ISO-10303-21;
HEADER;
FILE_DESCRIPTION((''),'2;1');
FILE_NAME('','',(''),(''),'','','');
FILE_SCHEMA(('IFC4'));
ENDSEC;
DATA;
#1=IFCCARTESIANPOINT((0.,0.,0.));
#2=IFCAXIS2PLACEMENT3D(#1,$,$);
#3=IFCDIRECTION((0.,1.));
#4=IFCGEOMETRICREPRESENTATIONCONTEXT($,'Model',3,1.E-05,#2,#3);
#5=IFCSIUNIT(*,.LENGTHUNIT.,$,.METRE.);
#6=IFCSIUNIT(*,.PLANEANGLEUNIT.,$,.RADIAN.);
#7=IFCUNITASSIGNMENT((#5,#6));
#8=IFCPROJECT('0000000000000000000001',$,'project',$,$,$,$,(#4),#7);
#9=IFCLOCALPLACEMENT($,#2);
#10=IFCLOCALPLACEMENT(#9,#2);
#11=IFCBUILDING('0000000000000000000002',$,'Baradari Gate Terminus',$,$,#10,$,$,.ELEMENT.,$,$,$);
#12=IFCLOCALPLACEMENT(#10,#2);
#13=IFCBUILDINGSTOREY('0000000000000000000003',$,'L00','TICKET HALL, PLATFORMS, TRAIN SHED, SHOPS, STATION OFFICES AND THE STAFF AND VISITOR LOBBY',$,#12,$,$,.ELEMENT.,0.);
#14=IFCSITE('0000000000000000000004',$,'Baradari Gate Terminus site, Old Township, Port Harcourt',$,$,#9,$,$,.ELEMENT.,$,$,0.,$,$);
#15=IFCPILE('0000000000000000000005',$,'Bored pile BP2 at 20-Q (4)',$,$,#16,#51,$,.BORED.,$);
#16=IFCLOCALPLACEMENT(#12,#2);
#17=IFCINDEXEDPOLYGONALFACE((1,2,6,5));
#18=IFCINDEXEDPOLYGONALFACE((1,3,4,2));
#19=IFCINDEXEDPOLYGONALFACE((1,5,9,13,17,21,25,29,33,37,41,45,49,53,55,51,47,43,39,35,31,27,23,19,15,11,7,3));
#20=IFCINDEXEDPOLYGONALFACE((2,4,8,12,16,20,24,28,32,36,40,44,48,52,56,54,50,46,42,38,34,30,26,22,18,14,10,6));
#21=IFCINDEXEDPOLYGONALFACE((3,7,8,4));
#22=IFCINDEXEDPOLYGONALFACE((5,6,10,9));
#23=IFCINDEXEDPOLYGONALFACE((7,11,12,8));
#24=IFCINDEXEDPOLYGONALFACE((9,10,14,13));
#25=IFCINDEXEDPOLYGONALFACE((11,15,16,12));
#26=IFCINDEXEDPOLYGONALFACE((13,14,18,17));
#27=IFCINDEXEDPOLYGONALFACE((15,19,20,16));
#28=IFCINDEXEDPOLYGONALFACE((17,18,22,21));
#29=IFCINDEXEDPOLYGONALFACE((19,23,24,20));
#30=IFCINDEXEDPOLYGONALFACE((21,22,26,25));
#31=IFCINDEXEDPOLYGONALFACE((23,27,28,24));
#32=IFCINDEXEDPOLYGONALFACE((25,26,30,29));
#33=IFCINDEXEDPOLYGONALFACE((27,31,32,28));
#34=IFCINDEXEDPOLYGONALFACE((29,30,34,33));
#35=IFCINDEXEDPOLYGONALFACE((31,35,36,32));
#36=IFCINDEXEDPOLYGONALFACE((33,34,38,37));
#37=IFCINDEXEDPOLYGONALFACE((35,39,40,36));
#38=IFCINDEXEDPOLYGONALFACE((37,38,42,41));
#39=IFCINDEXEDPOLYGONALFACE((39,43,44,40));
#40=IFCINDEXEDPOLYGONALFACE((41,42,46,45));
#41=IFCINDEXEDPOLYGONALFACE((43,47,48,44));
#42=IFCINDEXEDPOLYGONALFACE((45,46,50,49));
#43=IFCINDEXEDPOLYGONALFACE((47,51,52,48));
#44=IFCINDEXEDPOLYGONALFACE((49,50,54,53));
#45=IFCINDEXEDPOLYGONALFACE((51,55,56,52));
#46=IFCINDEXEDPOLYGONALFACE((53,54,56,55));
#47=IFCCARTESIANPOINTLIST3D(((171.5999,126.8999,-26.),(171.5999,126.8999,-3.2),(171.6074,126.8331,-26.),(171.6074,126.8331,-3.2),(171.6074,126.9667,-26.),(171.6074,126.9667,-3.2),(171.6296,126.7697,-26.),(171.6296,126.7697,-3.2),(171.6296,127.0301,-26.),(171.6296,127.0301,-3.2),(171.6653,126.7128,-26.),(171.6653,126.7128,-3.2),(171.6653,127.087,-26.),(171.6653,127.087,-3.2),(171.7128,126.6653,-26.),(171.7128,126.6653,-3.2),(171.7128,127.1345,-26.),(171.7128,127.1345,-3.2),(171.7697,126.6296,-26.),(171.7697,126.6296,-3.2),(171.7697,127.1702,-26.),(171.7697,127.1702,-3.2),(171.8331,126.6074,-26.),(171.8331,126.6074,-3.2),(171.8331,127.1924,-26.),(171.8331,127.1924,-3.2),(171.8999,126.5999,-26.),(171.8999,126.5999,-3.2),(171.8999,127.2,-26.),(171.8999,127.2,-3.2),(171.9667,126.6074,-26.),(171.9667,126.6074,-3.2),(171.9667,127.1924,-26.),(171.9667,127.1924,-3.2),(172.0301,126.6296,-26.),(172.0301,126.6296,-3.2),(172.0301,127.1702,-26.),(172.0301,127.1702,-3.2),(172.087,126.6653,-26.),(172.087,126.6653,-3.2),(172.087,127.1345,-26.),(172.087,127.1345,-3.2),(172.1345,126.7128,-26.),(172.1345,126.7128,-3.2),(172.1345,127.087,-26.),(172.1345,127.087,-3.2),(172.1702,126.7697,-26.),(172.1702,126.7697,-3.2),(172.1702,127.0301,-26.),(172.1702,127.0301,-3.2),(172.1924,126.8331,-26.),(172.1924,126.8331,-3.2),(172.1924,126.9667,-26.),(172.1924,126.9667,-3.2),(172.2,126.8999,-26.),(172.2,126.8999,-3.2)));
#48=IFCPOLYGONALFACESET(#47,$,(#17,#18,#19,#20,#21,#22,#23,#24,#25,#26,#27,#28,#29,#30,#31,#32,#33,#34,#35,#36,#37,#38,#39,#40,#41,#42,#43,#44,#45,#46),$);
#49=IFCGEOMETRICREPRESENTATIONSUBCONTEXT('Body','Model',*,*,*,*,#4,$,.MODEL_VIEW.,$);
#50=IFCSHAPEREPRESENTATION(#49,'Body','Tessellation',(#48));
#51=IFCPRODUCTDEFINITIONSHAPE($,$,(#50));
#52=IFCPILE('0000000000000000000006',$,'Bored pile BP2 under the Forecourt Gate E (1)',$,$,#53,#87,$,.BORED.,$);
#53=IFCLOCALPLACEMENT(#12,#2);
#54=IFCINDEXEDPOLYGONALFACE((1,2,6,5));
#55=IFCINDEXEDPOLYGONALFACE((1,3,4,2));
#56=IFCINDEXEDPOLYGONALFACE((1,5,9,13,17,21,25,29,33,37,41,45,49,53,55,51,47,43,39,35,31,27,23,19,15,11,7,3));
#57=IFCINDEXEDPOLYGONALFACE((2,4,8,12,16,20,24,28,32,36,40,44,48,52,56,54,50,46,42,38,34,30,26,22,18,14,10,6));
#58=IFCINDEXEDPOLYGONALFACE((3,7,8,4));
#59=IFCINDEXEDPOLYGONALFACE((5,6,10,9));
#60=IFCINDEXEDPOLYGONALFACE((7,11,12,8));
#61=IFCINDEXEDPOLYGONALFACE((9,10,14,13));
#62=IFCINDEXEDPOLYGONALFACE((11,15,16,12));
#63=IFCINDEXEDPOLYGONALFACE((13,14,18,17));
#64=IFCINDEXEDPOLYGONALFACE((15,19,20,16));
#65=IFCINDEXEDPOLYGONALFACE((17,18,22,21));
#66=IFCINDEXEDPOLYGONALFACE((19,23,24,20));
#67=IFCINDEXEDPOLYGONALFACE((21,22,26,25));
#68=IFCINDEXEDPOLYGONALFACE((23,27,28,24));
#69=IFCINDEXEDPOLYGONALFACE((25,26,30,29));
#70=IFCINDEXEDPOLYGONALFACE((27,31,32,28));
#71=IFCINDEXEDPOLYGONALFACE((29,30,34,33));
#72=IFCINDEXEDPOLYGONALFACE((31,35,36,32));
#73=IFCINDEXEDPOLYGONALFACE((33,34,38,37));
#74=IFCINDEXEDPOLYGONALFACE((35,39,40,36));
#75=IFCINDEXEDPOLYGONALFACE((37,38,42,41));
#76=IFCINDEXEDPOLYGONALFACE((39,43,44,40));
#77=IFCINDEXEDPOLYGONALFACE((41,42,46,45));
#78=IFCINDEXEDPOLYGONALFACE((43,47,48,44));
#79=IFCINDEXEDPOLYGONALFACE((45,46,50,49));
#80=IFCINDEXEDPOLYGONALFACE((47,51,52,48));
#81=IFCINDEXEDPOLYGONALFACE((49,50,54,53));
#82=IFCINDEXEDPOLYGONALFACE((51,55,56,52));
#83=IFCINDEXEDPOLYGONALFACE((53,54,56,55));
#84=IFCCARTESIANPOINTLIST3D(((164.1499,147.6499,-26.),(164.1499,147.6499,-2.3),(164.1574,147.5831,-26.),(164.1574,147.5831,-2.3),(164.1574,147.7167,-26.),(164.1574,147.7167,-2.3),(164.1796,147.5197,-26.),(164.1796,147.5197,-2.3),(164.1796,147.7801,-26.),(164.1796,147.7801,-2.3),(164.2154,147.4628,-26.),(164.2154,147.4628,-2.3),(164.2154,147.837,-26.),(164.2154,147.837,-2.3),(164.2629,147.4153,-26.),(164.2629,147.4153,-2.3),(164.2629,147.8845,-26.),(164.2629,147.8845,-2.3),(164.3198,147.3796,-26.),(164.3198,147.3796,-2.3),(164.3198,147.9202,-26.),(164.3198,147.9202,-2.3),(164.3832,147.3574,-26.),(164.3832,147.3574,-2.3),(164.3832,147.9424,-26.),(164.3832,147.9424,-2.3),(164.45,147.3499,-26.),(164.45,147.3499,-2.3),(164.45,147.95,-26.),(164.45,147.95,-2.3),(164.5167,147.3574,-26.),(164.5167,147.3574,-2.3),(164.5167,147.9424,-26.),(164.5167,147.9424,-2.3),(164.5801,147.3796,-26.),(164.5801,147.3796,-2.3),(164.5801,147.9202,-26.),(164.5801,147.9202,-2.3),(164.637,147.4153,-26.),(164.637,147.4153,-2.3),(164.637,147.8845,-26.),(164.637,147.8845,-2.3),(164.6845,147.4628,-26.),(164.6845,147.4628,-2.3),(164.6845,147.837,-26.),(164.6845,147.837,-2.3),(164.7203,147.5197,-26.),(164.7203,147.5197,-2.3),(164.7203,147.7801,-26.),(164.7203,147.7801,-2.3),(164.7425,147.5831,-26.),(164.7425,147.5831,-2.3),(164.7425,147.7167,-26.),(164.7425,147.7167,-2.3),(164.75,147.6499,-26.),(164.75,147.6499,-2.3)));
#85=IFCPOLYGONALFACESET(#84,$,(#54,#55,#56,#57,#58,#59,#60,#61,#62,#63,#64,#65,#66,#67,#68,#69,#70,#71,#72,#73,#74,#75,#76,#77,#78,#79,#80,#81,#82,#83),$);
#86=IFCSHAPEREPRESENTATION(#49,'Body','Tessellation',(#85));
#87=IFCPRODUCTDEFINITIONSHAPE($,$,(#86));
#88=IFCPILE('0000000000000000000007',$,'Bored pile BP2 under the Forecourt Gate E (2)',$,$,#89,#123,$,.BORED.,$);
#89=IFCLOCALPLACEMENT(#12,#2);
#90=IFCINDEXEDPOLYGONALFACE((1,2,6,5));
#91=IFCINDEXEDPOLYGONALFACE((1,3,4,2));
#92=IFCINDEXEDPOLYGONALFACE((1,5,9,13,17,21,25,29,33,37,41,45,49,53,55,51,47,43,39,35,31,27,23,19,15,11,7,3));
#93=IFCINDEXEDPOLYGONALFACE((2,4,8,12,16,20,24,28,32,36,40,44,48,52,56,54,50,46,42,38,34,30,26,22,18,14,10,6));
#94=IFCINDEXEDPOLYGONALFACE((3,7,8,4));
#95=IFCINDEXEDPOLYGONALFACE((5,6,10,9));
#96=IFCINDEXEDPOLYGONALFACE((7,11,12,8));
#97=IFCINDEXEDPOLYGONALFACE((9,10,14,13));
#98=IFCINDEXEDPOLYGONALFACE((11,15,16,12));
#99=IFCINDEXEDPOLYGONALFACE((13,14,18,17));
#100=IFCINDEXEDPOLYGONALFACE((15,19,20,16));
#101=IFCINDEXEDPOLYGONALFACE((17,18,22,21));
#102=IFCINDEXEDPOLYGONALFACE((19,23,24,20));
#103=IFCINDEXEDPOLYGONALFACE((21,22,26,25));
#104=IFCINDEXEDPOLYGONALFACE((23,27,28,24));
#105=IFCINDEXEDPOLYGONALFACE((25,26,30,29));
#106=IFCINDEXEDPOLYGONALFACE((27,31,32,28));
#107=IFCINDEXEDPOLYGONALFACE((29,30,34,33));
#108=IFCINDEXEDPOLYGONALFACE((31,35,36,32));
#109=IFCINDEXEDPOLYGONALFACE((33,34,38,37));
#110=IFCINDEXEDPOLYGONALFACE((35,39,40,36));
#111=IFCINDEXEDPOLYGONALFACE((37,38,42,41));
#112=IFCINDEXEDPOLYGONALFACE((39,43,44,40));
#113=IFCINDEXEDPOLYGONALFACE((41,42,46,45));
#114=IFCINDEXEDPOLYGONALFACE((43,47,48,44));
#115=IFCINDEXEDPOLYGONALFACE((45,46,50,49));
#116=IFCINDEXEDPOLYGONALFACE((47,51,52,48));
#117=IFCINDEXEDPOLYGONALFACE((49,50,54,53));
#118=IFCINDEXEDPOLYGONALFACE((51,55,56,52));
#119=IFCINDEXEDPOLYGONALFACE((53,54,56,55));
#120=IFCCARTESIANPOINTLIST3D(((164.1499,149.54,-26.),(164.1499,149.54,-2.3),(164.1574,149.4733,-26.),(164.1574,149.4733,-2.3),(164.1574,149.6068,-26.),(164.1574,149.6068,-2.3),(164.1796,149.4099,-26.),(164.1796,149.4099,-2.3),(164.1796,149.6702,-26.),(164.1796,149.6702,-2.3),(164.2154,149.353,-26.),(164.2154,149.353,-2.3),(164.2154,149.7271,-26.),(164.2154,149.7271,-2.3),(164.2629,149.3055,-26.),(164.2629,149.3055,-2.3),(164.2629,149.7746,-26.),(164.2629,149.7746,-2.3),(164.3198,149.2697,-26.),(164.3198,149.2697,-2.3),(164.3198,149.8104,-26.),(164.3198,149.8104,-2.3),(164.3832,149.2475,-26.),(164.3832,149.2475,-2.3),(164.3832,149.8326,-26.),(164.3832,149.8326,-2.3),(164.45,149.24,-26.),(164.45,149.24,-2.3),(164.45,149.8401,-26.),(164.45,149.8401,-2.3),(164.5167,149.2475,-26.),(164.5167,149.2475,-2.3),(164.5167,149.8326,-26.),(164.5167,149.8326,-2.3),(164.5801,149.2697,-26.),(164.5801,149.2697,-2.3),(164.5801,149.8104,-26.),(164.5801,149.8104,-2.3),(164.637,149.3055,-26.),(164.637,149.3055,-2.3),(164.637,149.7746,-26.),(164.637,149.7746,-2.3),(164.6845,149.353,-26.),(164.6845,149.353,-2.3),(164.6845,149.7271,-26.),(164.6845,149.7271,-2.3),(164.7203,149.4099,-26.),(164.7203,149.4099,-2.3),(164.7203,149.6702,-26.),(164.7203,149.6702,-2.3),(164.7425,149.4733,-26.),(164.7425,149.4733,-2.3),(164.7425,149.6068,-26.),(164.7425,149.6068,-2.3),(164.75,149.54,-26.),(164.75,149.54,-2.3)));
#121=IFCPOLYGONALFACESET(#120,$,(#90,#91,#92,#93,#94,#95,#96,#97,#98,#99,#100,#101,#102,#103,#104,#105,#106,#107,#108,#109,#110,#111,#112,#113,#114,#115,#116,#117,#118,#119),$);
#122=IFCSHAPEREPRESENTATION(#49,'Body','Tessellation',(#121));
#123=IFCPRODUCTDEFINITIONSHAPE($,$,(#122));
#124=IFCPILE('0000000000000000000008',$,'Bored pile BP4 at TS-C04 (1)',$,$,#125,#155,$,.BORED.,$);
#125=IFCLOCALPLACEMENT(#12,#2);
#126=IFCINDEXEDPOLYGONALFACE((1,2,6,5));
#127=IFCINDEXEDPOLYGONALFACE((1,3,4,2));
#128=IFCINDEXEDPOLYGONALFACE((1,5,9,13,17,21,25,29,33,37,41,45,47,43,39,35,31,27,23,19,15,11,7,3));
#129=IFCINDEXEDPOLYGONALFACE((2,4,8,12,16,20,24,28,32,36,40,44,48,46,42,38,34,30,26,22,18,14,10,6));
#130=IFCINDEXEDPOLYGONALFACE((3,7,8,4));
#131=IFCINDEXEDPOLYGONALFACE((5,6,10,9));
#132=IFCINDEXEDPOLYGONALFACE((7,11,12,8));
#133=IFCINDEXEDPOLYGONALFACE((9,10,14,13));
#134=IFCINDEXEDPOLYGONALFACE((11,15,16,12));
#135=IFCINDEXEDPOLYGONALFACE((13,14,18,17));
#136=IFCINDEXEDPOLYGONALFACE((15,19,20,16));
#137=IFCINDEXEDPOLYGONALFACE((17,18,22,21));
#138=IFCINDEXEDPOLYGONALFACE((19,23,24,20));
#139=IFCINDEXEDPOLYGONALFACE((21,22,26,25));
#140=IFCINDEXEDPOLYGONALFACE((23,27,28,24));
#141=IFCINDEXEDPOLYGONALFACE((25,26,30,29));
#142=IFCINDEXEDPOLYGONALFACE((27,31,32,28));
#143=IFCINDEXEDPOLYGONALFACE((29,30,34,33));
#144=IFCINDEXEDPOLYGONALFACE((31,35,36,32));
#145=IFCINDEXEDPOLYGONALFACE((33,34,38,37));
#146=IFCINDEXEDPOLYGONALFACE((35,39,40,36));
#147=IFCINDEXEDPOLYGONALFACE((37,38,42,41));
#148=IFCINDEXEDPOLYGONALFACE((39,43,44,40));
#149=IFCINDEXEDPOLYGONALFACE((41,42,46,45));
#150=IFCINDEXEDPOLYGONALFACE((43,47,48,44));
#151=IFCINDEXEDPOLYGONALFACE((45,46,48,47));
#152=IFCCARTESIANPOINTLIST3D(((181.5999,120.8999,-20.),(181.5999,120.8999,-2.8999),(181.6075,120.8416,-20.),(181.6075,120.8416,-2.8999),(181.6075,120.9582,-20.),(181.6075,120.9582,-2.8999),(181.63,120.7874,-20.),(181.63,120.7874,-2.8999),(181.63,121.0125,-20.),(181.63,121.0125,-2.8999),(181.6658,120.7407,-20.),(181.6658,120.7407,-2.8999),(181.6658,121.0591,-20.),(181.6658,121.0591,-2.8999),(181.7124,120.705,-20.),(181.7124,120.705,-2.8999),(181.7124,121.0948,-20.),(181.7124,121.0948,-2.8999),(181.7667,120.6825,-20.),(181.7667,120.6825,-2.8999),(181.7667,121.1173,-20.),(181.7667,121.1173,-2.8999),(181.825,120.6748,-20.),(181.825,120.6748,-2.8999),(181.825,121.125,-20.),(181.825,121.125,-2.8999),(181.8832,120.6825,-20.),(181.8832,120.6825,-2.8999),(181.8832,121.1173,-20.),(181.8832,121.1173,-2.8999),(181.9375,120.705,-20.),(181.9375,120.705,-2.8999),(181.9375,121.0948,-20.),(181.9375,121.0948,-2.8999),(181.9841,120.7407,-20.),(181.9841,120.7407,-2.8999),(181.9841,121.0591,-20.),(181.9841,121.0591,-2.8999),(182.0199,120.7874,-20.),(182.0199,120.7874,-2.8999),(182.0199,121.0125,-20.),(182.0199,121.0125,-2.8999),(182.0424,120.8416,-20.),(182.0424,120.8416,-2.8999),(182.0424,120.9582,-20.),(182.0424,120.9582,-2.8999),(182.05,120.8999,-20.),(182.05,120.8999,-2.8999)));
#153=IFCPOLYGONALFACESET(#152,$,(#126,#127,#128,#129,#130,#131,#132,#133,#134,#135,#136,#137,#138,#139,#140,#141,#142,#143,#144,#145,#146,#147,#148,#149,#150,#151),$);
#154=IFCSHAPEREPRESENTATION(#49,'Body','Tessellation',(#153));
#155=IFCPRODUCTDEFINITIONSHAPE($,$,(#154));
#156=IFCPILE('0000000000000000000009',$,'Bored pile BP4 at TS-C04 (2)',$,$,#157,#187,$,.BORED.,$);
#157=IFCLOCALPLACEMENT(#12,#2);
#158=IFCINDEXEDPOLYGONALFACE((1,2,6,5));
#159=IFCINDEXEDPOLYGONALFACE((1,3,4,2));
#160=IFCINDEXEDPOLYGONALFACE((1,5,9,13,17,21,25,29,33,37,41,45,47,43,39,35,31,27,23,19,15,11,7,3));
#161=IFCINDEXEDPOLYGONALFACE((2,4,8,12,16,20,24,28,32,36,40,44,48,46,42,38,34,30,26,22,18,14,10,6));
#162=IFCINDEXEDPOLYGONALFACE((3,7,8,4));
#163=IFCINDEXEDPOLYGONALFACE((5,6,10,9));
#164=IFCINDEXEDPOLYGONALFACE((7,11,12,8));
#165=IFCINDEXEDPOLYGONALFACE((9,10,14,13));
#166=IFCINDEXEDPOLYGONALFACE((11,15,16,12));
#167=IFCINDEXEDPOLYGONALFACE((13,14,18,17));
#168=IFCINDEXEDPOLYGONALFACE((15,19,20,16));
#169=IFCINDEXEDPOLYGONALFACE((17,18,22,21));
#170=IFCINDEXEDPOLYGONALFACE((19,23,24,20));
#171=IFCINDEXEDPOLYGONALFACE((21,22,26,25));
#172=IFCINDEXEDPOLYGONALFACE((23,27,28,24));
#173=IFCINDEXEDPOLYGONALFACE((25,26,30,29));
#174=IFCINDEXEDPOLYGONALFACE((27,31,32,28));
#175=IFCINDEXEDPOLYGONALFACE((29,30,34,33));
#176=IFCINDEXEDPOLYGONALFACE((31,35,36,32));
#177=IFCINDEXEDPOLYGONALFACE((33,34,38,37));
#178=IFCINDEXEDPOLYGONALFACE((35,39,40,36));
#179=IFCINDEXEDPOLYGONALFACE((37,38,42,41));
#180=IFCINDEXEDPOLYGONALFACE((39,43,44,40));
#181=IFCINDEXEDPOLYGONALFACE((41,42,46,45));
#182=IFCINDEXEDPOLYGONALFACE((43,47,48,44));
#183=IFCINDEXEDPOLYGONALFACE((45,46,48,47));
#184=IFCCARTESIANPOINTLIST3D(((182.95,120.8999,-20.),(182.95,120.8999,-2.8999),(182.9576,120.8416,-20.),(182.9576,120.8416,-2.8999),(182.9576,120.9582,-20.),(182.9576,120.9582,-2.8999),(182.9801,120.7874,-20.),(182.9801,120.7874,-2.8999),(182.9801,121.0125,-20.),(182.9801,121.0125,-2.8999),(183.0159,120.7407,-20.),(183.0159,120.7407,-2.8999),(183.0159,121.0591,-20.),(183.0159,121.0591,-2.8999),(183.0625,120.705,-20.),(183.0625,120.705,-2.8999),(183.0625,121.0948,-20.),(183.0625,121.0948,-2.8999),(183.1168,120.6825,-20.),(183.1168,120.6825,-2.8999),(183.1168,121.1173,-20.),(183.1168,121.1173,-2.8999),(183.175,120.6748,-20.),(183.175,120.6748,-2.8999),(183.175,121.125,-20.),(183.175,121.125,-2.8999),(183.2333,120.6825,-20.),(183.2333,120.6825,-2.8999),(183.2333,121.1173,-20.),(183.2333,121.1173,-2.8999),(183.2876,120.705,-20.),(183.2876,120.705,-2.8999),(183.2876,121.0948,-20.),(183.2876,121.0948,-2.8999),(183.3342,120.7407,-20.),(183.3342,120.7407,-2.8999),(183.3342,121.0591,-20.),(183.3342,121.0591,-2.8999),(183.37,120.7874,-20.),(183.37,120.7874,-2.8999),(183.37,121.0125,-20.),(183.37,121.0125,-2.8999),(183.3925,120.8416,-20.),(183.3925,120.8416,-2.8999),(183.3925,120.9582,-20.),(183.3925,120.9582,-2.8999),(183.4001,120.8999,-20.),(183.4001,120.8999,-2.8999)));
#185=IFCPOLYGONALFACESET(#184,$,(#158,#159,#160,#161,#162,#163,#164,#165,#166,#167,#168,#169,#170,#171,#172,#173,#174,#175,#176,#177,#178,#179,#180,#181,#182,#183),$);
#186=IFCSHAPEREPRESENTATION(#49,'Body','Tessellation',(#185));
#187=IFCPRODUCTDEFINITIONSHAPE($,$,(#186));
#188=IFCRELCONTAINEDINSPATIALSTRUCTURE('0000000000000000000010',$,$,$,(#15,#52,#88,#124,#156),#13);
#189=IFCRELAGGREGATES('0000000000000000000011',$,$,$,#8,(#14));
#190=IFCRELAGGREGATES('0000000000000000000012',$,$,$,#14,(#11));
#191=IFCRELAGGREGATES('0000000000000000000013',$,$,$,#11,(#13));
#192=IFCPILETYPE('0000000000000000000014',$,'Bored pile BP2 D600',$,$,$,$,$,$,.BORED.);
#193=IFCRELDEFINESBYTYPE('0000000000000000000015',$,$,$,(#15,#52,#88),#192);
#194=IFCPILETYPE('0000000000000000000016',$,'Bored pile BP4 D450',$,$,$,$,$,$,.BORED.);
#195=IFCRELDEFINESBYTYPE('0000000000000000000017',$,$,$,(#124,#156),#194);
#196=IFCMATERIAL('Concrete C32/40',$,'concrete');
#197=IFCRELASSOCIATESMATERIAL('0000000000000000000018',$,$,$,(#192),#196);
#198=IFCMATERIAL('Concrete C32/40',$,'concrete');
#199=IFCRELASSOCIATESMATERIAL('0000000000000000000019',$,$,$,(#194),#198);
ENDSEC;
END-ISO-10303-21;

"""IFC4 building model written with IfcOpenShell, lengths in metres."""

from ifc_helpers import new_model, si_unit, direction, frame, origin, origin_2d, place, context, subcontext, project, spatial, circle, extrude, material, type_object, element, save


model = new_model("IFC4")

# Units and contexts
model_context = context("Model", 3, precision=1e-05, world=origin(), true_north=direction((0.0, 1.0)))
body_context = subcontext(model_context, "Body", "Model", "MODEL_VIEW")
ifc_project = project(units=[si_unit("LENGTHUNIT", "METRE"), si_unit("PLANEANGLEUNIT", "RADIAN")], contexts=[model_context])

# Site, building, storey
site_placement = place(None, origin())
site = spatial("IfcSite", under=ifc_project, at=site_placement, Name="Baradari Gate Terminus site, Old Township, Port Harcourt", CompositionType="ELEMENT", RefElevation=0.0)
building_placement = place(site_placement, origin())
building = spatial("IfcBuilding", under=site, at=building_placement, Name="Baradari Gate Terminus", CompositionType="ELEMENT")
storey_placement = place(building_placement, origin())
storey = spatial("IfcBuildingStorey", under=building, at=storey_placement, Name="L00", Description="TICKET HALL, PLATFORMS, TRAIN SHED, SHOPS, STATION OFFICES AND THE STAFF AND VISITOR LOBBY", CompositionType="ELEMENT", Elevation=0.0)

# Piles
ifc_material_1 = material(Name="Concrete C32/40", Category="concrete")
pile_type_1 = type_object("IfcPileType", Name="Bored pile BP2 D600", PredefinedType="BORED", material=ifc_material_1)
for number, where, z_axis, x_axis, name in (
    (1, (171.8999, 126.8999, -3.2), (0.0, 0.0, -1.0), (1.0, 0.0, 0.0), "Bored pile BP2 at 20-Q (4)"),
):
    element("IfcPile", number, at=place(storey_placement, frame(where, z_axis=z_axis, x_axis=x_axis)), inside=storey, type_object=pile_type_1, Name=name, PredefinedType="BORED", context=body_context, shape_type="SweptSolid", body=[
        extrude(circle(Radius=0.3, at=origin_2d()), origin(), (0.0, 0.0, 1.0), 22.8),
    ])
for number, where, z_axis, x_axis, name in (
    (2, (164.45, 147.6499, -2.3), (0.0, 0.0, -1.0), (1.0, 0.0, 0.0), "Bored pile BP2 under the Forecourt Gate E (1)"),
    (3, (164.45, 149.54, -2.3), (0.0, 0.0, -1.0), (1.0, 0.0, 0.0), "Bored pile BP2 under the Forecourt Gate E (2)"),
):
    element("IfcPile", number, at=place(storey_placement, frame(where, z_axis=z_axis, x_axis=x_axis)), inside=storey, type_object=pile_type_1, Name=name, PredefinedType="BORED", context=body_context, shape_type="SweptSolid", body=[
        extrude(circle(Radius=0.3, at=origin_2d()), origin(), (0.0, 0.0, 1.0), 23.7),
    ])
ifc_material_2 = material(Name="Concrete C32/40", Category="concrete")
pile_type_2 = type_object("IfcPileType", Name="Bored pile BP4 D450", PredefinedType="BORED", material=ifc_material_2)
for number, where, z_axis, x_axis, name in (
    (4, (181.825, 120.8999, -2.8999), (0.0, 0.0, -1.0), (1.0, 0.0, 0.0), "Bored pile BP4 at TS-C04 (1)"),
    (5, (183.175, 120.8999, -2.8999), (0.0, 0.0, -1.0), (1.0, 0.0, 0.0), "Bored pile BP4 at TS-C04 (2)"),
):
    element("IfcPile", number, at=place(storey_placement, frame(where, z_axis=z_axis, x_axis=x_axis)), inside=storey, type_object=pile_type_2, Name=name, PredefinedType="BORED", context=body_context, shape_type="SweptSolid", body=[
        extrude(circle(Radius=0.2251, at=origin_2d()), origin(), (0.0, 0.0, 1.0), 17.1001),
    ])

save(model, "model.ifc")
